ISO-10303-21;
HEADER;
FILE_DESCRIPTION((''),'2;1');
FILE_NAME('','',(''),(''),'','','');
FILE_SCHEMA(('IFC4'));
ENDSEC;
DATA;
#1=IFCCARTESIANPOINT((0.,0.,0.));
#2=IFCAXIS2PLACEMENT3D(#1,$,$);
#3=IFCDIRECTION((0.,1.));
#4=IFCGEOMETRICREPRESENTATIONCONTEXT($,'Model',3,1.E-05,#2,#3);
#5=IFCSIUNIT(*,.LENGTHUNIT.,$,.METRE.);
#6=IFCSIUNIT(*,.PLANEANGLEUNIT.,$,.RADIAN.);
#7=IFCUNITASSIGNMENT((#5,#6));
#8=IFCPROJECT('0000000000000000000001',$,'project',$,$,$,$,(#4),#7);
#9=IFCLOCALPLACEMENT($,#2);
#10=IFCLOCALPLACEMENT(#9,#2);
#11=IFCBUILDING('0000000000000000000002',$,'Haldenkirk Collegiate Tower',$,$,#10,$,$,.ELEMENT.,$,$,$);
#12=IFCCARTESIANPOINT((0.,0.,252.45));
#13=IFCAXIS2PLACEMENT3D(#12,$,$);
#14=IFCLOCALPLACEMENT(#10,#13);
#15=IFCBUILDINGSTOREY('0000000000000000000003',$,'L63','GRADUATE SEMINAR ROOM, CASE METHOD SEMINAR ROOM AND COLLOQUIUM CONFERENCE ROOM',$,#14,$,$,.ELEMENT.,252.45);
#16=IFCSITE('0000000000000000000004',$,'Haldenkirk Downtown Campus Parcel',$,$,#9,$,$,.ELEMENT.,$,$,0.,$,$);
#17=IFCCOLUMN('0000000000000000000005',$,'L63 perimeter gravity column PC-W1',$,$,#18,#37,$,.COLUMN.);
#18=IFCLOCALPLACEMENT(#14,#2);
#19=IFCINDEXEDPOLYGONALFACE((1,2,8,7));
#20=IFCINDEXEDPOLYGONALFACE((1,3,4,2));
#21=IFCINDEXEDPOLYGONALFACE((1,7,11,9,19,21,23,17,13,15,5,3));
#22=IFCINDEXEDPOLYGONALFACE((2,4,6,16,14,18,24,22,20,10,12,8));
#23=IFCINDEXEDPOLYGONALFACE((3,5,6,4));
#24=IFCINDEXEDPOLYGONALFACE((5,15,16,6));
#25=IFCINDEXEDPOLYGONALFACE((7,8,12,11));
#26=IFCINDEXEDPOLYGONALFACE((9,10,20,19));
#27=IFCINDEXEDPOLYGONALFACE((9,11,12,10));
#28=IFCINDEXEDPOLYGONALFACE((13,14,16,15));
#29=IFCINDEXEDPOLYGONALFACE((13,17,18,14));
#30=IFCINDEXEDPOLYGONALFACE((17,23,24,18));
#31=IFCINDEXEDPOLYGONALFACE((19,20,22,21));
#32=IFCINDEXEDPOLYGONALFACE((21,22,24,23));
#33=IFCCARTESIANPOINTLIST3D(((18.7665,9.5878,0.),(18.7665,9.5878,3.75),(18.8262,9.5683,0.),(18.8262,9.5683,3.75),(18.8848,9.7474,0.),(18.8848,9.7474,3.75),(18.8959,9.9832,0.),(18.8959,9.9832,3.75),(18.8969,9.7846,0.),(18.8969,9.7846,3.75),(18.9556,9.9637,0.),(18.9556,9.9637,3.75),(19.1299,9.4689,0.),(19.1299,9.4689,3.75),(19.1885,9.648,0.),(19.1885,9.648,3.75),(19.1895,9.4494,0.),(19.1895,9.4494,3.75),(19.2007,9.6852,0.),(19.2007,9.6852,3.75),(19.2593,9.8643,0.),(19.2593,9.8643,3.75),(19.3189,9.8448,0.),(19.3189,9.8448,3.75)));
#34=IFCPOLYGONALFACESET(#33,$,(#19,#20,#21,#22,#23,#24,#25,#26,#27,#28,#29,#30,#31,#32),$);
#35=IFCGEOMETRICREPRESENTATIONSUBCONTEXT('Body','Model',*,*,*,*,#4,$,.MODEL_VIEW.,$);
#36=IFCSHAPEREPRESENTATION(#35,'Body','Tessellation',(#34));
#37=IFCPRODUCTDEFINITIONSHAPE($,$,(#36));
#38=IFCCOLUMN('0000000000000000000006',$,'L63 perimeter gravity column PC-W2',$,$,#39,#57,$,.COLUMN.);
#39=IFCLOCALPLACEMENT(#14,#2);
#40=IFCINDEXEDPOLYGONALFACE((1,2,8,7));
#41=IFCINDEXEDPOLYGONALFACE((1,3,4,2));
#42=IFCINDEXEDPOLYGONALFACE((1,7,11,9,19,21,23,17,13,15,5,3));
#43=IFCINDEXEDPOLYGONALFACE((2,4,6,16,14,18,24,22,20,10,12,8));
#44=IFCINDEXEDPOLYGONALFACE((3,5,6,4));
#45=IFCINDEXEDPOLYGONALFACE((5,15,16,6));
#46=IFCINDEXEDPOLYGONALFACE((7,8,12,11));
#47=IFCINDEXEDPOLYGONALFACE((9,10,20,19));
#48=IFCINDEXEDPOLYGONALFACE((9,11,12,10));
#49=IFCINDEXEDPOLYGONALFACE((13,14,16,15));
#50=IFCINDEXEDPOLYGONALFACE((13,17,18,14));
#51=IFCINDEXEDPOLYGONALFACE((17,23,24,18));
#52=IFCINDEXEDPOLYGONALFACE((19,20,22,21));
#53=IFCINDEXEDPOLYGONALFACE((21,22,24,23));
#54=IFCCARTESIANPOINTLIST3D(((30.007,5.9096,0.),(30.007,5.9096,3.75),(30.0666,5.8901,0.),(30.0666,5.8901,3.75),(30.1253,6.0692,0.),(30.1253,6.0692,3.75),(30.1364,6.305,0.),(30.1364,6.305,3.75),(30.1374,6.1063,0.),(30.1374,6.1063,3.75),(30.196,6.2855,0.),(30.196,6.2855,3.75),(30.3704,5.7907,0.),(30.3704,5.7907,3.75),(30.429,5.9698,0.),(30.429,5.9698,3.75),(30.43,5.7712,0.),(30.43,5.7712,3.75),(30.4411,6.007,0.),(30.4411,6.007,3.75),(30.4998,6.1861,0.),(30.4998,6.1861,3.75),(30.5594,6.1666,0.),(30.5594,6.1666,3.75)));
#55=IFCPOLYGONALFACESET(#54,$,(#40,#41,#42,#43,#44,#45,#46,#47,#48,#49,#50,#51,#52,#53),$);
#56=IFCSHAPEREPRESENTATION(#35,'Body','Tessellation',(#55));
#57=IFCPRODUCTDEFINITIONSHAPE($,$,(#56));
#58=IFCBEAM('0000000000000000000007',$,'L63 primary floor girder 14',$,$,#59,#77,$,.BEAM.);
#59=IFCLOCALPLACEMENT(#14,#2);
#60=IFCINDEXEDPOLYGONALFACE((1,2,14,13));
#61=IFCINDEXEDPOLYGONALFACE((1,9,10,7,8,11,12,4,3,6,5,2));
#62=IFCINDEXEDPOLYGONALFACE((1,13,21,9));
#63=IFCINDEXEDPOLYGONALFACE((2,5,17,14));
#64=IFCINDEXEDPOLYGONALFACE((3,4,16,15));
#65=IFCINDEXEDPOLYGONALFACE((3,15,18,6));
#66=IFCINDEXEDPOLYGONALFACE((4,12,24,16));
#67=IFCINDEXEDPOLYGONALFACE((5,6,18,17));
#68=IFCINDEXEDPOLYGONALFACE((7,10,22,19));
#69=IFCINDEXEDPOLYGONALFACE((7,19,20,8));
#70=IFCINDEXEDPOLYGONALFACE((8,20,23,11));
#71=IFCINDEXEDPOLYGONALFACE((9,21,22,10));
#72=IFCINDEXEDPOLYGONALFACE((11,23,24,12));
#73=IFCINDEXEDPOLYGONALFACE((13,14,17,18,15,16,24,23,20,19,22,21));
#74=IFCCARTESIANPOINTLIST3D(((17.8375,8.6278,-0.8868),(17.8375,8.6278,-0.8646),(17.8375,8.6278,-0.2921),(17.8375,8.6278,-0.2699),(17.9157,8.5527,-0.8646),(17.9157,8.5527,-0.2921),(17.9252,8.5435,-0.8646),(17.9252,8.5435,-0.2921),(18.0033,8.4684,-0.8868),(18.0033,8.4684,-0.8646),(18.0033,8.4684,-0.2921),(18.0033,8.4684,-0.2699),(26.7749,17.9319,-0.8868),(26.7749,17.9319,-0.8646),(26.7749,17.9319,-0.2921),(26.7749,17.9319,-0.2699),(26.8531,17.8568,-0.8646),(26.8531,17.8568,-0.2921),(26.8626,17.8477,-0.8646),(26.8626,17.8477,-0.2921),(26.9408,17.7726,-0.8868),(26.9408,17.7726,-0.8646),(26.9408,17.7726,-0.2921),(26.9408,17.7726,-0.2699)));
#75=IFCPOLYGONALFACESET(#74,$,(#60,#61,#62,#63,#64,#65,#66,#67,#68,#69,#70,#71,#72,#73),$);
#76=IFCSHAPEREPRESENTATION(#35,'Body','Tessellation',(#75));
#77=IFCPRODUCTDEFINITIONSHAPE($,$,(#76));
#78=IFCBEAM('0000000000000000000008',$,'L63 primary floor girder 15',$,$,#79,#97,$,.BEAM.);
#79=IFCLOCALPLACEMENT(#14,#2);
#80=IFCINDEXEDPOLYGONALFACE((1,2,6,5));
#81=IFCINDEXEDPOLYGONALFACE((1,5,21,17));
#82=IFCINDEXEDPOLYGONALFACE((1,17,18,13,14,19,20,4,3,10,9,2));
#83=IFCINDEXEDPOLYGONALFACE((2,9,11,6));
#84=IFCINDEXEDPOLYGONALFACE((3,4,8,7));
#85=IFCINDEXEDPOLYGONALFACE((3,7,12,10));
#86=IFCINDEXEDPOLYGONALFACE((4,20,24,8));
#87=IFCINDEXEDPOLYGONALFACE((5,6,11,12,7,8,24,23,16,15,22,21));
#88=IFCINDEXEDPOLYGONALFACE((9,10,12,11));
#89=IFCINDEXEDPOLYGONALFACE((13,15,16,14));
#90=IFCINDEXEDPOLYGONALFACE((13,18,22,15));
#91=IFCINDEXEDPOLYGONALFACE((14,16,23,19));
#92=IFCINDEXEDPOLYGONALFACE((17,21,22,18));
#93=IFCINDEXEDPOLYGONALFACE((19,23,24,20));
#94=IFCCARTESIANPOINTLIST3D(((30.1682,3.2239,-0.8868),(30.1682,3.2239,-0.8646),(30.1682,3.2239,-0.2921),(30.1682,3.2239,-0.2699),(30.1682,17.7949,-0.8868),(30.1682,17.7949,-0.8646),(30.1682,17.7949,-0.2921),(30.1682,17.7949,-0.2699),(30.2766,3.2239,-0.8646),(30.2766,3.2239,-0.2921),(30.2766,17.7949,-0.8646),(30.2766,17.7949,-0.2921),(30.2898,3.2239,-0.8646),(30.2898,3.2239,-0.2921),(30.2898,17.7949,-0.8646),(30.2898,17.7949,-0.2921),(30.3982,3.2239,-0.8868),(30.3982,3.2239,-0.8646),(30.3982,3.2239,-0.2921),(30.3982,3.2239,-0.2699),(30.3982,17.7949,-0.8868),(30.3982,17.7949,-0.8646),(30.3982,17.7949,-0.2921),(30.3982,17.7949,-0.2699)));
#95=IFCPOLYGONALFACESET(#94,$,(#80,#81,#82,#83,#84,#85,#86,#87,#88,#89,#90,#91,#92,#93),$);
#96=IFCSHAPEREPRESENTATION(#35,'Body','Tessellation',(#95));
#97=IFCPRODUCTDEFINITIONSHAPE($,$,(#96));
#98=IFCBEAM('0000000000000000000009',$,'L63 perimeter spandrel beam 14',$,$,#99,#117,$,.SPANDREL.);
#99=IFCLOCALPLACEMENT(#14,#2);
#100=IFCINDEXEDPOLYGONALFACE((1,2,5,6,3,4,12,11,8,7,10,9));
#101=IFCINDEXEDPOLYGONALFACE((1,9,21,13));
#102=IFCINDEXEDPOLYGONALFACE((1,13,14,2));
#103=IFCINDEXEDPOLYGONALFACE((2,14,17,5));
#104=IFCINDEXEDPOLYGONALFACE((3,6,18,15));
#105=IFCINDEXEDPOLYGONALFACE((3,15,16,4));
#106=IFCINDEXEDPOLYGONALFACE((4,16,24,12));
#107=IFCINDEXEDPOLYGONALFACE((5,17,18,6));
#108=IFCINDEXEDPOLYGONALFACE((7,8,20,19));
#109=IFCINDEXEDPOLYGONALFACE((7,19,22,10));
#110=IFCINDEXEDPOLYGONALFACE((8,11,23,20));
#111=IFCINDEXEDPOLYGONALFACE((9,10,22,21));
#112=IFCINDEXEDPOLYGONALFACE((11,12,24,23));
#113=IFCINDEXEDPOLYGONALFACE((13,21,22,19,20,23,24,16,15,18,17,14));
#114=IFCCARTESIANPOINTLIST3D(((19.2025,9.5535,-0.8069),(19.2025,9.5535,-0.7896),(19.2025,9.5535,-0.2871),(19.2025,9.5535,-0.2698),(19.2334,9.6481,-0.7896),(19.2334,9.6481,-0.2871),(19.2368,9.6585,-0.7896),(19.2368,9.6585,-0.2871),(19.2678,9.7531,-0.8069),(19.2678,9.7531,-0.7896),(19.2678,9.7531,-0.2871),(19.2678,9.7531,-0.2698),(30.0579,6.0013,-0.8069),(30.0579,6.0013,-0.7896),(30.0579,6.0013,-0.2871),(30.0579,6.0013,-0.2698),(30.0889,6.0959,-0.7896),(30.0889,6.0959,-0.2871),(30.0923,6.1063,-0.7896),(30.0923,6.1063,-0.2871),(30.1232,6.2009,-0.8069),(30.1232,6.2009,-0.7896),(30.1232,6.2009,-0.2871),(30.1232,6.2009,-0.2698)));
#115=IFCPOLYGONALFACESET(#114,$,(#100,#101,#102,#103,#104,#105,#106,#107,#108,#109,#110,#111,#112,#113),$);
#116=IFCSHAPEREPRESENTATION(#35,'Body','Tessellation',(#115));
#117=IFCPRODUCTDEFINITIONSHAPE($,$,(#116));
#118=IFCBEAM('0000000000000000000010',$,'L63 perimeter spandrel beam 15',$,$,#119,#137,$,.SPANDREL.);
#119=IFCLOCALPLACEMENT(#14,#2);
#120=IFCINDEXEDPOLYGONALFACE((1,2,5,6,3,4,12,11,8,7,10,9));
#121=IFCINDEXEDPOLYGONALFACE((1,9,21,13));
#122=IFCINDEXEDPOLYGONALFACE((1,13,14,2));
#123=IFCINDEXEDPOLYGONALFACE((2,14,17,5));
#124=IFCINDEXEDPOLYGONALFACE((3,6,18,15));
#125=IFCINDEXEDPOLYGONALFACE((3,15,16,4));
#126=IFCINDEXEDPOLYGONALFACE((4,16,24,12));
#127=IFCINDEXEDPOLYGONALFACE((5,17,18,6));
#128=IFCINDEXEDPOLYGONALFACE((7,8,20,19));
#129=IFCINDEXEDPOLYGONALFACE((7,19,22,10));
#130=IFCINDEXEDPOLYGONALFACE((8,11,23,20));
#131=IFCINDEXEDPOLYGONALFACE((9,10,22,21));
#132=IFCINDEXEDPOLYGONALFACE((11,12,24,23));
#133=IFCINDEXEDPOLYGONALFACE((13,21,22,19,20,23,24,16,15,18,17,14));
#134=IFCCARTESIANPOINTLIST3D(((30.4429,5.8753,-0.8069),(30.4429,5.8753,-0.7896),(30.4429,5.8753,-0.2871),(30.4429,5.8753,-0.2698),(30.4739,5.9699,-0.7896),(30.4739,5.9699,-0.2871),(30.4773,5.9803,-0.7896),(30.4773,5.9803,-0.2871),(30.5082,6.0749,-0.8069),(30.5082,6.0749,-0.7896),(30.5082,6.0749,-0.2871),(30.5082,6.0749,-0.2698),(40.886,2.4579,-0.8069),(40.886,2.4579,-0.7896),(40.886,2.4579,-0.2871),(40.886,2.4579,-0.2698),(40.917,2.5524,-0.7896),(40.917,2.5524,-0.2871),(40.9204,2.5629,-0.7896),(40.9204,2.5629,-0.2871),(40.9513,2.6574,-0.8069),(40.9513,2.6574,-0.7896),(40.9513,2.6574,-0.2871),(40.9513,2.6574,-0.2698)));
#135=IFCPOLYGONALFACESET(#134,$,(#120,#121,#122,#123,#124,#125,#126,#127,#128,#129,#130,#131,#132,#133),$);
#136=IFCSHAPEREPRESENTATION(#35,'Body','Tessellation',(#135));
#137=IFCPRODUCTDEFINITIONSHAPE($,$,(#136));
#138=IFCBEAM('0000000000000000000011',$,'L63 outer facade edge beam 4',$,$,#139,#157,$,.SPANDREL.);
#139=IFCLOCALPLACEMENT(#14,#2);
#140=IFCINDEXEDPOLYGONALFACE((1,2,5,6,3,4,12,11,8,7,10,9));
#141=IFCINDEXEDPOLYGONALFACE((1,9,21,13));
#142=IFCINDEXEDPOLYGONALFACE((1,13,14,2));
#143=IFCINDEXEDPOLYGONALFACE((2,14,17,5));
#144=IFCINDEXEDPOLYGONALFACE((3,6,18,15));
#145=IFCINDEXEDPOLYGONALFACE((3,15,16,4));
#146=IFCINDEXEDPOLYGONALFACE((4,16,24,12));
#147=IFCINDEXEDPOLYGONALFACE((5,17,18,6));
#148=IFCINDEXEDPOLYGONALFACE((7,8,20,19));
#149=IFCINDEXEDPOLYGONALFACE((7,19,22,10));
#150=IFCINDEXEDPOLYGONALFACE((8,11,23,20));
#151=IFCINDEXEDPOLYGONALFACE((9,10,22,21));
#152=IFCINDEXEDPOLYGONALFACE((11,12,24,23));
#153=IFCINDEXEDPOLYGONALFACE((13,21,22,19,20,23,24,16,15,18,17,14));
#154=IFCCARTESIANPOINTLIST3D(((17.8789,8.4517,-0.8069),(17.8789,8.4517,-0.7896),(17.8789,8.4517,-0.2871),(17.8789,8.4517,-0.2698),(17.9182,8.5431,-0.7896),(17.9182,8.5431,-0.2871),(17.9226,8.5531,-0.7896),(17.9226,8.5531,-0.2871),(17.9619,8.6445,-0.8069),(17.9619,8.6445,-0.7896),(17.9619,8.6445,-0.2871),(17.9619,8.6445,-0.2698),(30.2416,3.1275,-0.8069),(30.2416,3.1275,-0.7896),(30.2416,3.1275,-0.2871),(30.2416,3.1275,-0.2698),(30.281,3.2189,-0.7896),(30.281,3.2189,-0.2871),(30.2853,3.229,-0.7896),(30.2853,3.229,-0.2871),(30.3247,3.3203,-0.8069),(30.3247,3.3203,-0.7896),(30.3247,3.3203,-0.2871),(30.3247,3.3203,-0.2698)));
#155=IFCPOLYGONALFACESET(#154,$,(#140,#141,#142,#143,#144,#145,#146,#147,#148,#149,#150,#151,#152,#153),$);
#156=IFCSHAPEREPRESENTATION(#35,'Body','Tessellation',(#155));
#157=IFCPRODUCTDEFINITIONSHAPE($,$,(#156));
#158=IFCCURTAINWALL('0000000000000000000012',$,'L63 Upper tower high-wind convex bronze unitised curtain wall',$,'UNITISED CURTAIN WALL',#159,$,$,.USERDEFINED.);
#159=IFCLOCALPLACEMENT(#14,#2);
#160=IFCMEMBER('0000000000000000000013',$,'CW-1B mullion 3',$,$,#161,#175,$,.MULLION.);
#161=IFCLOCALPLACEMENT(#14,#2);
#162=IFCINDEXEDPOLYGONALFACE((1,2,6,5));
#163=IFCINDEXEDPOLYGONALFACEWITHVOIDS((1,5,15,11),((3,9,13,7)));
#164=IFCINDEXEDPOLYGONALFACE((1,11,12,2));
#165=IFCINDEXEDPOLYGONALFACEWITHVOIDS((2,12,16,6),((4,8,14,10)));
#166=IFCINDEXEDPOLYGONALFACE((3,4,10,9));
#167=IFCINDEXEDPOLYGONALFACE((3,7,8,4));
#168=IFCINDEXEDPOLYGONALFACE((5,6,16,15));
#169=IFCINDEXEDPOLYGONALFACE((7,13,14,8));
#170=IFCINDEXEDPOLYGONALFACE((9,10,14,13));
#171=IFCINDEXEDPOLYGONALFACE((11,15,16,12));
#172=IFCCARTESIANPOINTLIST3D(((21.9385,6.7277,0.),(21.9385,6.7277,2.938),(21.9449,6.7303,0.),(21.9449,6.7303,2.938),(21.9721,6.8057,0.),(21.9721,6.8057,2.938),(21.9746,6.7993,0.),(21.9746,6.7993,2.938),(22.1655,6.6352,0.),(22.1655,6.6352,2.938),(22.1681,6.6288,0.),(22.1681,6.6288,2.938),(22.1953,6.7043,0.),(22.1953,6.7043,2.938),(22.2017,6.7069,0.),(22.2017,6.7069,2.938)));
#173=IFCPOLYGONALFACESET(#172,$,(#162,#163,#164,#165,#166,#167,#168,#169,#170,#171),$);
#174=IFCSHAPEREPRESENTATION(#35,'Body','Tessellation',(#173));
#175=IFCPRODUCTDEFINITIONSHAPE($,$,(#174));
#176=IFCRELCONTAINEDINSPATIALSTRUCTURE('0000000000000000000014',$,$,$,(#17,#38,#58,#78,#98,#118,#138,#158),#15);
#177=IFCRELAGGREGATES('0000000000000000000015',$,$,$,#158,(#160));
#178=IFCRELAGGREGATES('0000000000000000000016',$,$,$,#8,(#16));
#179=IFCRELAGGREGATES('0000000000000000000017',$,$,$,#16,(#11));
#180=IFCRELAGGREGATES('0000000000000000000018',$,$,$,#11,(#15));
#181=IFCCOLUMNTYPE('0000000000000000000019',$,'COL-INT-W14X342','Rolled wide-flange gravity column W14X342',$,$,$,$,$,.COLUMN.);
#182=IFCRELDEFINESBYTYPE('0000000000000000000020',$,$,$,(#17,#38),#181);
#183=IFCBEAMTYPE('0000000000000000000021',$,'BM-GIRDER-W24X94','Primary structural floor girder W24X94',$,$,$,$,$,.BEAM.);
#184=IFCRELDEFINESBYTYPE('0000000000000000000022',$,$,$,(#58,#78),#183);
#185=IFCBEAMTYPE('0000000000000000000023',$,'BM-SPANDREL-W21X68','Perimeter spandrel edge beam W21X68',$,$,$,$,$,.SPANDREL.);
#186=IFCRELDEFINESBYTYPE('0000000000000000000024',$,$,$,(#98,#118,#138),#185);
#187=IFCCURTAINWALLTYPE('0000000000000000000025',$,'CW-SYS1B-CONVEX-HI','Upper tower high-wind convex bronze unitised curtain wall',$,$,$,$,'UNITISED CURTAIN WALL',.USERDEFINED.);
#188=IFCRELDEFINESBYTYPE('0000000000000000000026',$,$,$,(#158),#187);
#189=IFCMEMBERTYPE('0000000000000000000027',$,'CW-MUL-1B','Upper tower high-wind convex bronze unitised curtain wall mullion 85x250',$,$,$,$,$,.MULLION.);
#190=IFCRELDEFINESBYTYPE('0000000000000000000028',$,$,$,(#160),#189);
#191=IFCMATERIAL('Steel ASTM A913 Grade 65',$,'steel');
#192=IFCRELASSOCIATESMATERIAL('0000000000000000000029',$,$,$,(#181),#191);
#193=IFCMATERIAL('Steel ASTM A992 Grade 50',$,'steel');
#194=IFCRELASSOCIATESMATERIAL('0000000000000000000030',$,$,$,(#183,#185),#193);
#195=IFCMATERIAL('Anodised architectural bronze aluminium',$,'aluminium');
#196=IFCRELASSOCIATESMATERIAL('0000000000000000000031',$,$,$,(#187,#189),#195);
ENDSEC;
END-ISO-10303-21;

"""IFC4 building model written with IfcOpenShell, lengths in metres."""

from ifc_helpers import new_model, si_unit, direction, frame, origin, origin_2d, place, context, subcontext, project, spatial, hollow_rectangle, i_section, extrude, material, material_profile, profile_set, type_object, element, aggregate, save


model = new_model("IFC4")

# Units and contexts
model_context = context("Model", 3, precision=1e-05, world=origin(), true_north=direction((0.0, 1.0)))
body_context = subcontext(model_context, "Body", "Model", "MODEL_VIEW")
ifc_project = project(units=[si_unit("LENGTHUNIT", "METRE"), si_unit("PLANEANGLEUNIT", "RADIAN")], contexts=[model_context])

# Site, building, storey
site_placement = place(None, origin())
site = spatial("IfcSite", under=ifc_project, at=site_placement, Name="Haldenkirk Downtown Campus Parcel", CompositionType="ELEMENT", RefElevation=0.0)
building_placement = place(site_placement, origin())
building = spatial("IfcBuilding", under=site, at=building_placement, Name="Haldenkirk Collegiate Tower", CompositionType="ELEMENT")
storey_placement = place(building_placement, frame((0.0, 0.0, 252.45)))
storey = spatial("IfcBuildingStorey", under=building, at=storey_placement, Name="L63", Description="GRADUATE SEMINAR ROOM, CASE METHOD SEMINAR ROOM AND COLLOQUIUM CONFERENCE ROOM", CompositionType="ELEMENT", Elevation=252.45)

# Columns
ifc_material_1 = material(Name="Steel ASTM A913 Grade 65", Category="steel")
ifc_material_profile_1 = material_profile(ifc_material_1, i_section(OverallWidth=0.416, OverallDepth=0.4451, WebThickness=0.0391, FlangeThickness=0.0627, at=origin_2d()), Name="W14X342")
ifc_profile_set_1 = profile_set([ifc_material_profile_1], Name="Steel ASTM A913 Grade 65")
column_type = type_object("IfcColumnType", Name="COL-INT-W14X342", Description="Rolled wide-flange gravity column W14X342", PredefinedType="COLUMN", material=ifc_profile_set_1)
for number, where, z_axis, x_axis, name in (
    (1, (19.0427, 9.7163, 0.0), (0.0, 0.0, 1.0), (0.311008, 0.950407, 0.0), "L63 perimeter gravity column PC-W1"),
    (2, (30.2832, 6.0381, 0.0), (0.0, 0.0, 1.0), (0.311008, 0.950407, 0.0), "L63 perimeter gravity column PC-W2"),
):
    element("IfcColumn", number, at=place(storey_placement, frame(where, z_axis=z_axis, x_axis=x_axis)), inside=storey, type_object=column_type, Name=name, PredefinedType="COLUMN", context=body_context, shape_type="SweptSolid", body=[
        extrude(i_section(OverallWidth=0.416, OverallDepth=0.4451, WebThickness=0.0391, FlangeThickness=0.0627, at=origin_2d()), origin(), (0.0, 0.0, 1.0), 3.75),
    ])

# Beams
ifc_material_2 = material(Name="Steel ASTM A992 Grade 50", Category="steel")
ifc_material_profile_2 = material_profile(ifc_material_2, i_section(OverallWidth=0.23, OverallDepth=0.6169, WebThickness=0.0132, FlangeThickness=0.0222, at=origin_2d()), Name="W24X94")
ifc_profile_set_2 = profile_set([ifc_material_profile_2], Name="Steel ASTM A992 Grade 50")
beam_type_1 = type_object("IfcBeamType", Name="BM-GIRDER-W24X94", Description="Primary structural floor girder W24X94", PredefinedType="BEAM", material=ifc_profile_set_2)
beam_1_placement = place(storey_placement, frame((17.9204, 8.5481, -0.5784), z_axis=(0.692752, 0.721176, 0.0), x_axis=(-0.721176, 0.692752, 0.0)))
element("IfcBeam", 3, at=beam_1_placement, inside=storey, type_object=beam_type_1, Name="L63 primary floor girder 14", PredefinedType="BEAM", context=body_context, shape_type="SweptSolid", body=[
    extrude(i_section(OverallWidth=0.23, OverallDepth=0.6169, WebThickness=0.0132, FlangeThickness=0.0222, at=origin_2d()), origin(), (0.0, 0.0, 1.0), 12.9014),
])
beam_2_placement = place(storey_placement, frame((30.2832, 3.2239, -0.5784), z_axis=(0.0, 1.0, 0.0), x_axis=(-1.0, 0.0, 0.0)))
element("IfcBeam", 4, at=beam_2_placement, inside=storey, type_object=beam_type_1, Name="L63 primary floor girder 15", PredefinedType="BEAM", context=body_context, shape_type="SweptSolid", body=[
    extrude(i_section(OverallWidth=0.23, OverallDepth=0.6169, WebThickness=0.0132, FlangeThickness=0.0222, at=origin_2d()), origin(), (0.0, 0.0, 1.0), 14.571),
])
ifc_material_profile_3 = material_profile(ifc_material_2, i_section(OverallWidth=0.21, OverallDepth=0.5371, WebThickness=0.011, FlangeThickness=0.0173, at=origin_2d()), Name="W21X68")
ifc_profile_set_3 = profile_set([ifc_material_profile_3], Name="Steel ASTM A992 Grade 50")
beam_type_2 = type_object("IfcBeamType", Name="BM-SPANDREL-W21X68", Description="Perimeter spandrel edge beam W21X68", PredefinedType="SPANDREL", material=ifc_profile_set_3)
beam_3_placement = place(storey_placement, frame((19.2351, 9.6533, -0.5383), z_axis=(0.950409, -0.311003, 0.0), x_axis=(0.311003, 0.950409, 0.0)))
element("IfcBeam", 5, at=beam_3_placement, inside=storey, type_object=beam_type_2, Name="L63 perimeter spandrel beam 14", PredefinedType="SPANDREL", context=body_context, shape_type="SweptSolid", body=[
    extrude(i_section(OverallWidth=0.21, OverallDepth=0.5371, WebThickness=0.011, FlangeThickness=0.0173, at=origin_2d()), origin(), (0.0, 0.0, 1.0), 11.4219),
])
beam_4_placement = place(storey_placement, frame((30.4756, 5.9751, -0.5383), z_axis=(0.950404, -0.311017, 0.0), x_axis=(0.311017, 0.950404, 0.0)))
element("IfcBeam", 6, at=beam_4_placement, inside=storey, type_object=beam_type_2, Name="L63 perimeter spandrel beam 15", PredefinedType="SPANDREL", context=body_context, shape_type="SweptSolid", body=[
    extrude(i_section(OverallWidth=0.21, OverallDepth=0.5371, WebThickness=0.011, FlangeThickness=0.0173, at=origin_2d()), origin(), (0.0, 0.0, 1.0), 10.988),
])
beam_5_placement = place(storey_placement, frame((17.9204, 8.5481, -0.5383), z_axis=(0.918447, -0.395543, 0.0), x_axis=(0.395543, 0.918447, 0.0)))
element("IfcBeam", 7, at=beam_5_placement, inside=storey, type_object=beam_type_2, Name="L63 outer facade edge beam 4", PredefinedType="SPANDREL", context=body_context, shape_type="SweptSolid", body=[
    extrude(i_section(OverallWidth=0.21, OverallDepth=0.5371, WebThickness=0.011, FlangeThickness=0.0173, at=origin_2d()), origin(), (0.0, 0.0, 1.0), 13.4604),
])

# Curtain wall, member
ifc_material_3 = material(Name="Anodised architectural bronze aluminium", Category="aluminium")
curtain_wall_type = type_object("IfcCurtainWallType", Name="CW-SYS1B-CONVEX-HI", Description="Upper tower high-wind convex bronze unitised curtain wall", ElementType="UNITISED CURTAIN WALL", PredefinedType="USERDEFINED", material=ifc_material_3)
curtain_wall_placement = place(storey_placement, origin())
curtain_wall = element("IfcCurtainWall", 8, at=curtain_wall_placement, inside=storey, type_object=curtain_wall_type, Name="L63 Upper tower high-wind convex bronze unitised curtain wall", ObjectType="UNITISED CURTAIN WALL", PredefinedType="USERDEFINED")
ifc_material_profile_4 = material_profile(ifc_material_3, hollow_rectangle(XDim=0.085, YDim=0.25, WallThickness=0.0049, at=origin_2d()), Name="CW-MUL-1B")
ifc_profile_set_4 = profile_set([ifc_material_profile_4], Name="Anodised architectural bronze aluminium")
member_type_1 = type_object("IfcMemberType", Name="CW-MUL-1B", Description="Upper tower high-wind convex bronze unitised curtain wall mullion 85x250", PredefinedType="MULLION", material=ifc_profile_set_4)
member_1_placement = place(storey_placement, frame((22.0701, 6.7173, 0.0), z_axis=(0.0, 0.0, 1.0), x_axis=(-0.395546, -0.918446, 0.0)))
member_1 = element("IfcMember", 9, at=member_1_placement, type_object=member_type_1, Name="CW-1B mullion 3", PredefinedType="MULLION", context=body_context, shape_type="SweptSolid", body=[
    extrude(hollow_rectangle(XDim=0.085, YDim=0.25, WallThickness=0.0049, at=origin_2d()), origin(), (0.0, 0.0, 1.0), 2.938),
])

aggregate(curtain_wall, [member_1])

save(model, "model.ifc")
